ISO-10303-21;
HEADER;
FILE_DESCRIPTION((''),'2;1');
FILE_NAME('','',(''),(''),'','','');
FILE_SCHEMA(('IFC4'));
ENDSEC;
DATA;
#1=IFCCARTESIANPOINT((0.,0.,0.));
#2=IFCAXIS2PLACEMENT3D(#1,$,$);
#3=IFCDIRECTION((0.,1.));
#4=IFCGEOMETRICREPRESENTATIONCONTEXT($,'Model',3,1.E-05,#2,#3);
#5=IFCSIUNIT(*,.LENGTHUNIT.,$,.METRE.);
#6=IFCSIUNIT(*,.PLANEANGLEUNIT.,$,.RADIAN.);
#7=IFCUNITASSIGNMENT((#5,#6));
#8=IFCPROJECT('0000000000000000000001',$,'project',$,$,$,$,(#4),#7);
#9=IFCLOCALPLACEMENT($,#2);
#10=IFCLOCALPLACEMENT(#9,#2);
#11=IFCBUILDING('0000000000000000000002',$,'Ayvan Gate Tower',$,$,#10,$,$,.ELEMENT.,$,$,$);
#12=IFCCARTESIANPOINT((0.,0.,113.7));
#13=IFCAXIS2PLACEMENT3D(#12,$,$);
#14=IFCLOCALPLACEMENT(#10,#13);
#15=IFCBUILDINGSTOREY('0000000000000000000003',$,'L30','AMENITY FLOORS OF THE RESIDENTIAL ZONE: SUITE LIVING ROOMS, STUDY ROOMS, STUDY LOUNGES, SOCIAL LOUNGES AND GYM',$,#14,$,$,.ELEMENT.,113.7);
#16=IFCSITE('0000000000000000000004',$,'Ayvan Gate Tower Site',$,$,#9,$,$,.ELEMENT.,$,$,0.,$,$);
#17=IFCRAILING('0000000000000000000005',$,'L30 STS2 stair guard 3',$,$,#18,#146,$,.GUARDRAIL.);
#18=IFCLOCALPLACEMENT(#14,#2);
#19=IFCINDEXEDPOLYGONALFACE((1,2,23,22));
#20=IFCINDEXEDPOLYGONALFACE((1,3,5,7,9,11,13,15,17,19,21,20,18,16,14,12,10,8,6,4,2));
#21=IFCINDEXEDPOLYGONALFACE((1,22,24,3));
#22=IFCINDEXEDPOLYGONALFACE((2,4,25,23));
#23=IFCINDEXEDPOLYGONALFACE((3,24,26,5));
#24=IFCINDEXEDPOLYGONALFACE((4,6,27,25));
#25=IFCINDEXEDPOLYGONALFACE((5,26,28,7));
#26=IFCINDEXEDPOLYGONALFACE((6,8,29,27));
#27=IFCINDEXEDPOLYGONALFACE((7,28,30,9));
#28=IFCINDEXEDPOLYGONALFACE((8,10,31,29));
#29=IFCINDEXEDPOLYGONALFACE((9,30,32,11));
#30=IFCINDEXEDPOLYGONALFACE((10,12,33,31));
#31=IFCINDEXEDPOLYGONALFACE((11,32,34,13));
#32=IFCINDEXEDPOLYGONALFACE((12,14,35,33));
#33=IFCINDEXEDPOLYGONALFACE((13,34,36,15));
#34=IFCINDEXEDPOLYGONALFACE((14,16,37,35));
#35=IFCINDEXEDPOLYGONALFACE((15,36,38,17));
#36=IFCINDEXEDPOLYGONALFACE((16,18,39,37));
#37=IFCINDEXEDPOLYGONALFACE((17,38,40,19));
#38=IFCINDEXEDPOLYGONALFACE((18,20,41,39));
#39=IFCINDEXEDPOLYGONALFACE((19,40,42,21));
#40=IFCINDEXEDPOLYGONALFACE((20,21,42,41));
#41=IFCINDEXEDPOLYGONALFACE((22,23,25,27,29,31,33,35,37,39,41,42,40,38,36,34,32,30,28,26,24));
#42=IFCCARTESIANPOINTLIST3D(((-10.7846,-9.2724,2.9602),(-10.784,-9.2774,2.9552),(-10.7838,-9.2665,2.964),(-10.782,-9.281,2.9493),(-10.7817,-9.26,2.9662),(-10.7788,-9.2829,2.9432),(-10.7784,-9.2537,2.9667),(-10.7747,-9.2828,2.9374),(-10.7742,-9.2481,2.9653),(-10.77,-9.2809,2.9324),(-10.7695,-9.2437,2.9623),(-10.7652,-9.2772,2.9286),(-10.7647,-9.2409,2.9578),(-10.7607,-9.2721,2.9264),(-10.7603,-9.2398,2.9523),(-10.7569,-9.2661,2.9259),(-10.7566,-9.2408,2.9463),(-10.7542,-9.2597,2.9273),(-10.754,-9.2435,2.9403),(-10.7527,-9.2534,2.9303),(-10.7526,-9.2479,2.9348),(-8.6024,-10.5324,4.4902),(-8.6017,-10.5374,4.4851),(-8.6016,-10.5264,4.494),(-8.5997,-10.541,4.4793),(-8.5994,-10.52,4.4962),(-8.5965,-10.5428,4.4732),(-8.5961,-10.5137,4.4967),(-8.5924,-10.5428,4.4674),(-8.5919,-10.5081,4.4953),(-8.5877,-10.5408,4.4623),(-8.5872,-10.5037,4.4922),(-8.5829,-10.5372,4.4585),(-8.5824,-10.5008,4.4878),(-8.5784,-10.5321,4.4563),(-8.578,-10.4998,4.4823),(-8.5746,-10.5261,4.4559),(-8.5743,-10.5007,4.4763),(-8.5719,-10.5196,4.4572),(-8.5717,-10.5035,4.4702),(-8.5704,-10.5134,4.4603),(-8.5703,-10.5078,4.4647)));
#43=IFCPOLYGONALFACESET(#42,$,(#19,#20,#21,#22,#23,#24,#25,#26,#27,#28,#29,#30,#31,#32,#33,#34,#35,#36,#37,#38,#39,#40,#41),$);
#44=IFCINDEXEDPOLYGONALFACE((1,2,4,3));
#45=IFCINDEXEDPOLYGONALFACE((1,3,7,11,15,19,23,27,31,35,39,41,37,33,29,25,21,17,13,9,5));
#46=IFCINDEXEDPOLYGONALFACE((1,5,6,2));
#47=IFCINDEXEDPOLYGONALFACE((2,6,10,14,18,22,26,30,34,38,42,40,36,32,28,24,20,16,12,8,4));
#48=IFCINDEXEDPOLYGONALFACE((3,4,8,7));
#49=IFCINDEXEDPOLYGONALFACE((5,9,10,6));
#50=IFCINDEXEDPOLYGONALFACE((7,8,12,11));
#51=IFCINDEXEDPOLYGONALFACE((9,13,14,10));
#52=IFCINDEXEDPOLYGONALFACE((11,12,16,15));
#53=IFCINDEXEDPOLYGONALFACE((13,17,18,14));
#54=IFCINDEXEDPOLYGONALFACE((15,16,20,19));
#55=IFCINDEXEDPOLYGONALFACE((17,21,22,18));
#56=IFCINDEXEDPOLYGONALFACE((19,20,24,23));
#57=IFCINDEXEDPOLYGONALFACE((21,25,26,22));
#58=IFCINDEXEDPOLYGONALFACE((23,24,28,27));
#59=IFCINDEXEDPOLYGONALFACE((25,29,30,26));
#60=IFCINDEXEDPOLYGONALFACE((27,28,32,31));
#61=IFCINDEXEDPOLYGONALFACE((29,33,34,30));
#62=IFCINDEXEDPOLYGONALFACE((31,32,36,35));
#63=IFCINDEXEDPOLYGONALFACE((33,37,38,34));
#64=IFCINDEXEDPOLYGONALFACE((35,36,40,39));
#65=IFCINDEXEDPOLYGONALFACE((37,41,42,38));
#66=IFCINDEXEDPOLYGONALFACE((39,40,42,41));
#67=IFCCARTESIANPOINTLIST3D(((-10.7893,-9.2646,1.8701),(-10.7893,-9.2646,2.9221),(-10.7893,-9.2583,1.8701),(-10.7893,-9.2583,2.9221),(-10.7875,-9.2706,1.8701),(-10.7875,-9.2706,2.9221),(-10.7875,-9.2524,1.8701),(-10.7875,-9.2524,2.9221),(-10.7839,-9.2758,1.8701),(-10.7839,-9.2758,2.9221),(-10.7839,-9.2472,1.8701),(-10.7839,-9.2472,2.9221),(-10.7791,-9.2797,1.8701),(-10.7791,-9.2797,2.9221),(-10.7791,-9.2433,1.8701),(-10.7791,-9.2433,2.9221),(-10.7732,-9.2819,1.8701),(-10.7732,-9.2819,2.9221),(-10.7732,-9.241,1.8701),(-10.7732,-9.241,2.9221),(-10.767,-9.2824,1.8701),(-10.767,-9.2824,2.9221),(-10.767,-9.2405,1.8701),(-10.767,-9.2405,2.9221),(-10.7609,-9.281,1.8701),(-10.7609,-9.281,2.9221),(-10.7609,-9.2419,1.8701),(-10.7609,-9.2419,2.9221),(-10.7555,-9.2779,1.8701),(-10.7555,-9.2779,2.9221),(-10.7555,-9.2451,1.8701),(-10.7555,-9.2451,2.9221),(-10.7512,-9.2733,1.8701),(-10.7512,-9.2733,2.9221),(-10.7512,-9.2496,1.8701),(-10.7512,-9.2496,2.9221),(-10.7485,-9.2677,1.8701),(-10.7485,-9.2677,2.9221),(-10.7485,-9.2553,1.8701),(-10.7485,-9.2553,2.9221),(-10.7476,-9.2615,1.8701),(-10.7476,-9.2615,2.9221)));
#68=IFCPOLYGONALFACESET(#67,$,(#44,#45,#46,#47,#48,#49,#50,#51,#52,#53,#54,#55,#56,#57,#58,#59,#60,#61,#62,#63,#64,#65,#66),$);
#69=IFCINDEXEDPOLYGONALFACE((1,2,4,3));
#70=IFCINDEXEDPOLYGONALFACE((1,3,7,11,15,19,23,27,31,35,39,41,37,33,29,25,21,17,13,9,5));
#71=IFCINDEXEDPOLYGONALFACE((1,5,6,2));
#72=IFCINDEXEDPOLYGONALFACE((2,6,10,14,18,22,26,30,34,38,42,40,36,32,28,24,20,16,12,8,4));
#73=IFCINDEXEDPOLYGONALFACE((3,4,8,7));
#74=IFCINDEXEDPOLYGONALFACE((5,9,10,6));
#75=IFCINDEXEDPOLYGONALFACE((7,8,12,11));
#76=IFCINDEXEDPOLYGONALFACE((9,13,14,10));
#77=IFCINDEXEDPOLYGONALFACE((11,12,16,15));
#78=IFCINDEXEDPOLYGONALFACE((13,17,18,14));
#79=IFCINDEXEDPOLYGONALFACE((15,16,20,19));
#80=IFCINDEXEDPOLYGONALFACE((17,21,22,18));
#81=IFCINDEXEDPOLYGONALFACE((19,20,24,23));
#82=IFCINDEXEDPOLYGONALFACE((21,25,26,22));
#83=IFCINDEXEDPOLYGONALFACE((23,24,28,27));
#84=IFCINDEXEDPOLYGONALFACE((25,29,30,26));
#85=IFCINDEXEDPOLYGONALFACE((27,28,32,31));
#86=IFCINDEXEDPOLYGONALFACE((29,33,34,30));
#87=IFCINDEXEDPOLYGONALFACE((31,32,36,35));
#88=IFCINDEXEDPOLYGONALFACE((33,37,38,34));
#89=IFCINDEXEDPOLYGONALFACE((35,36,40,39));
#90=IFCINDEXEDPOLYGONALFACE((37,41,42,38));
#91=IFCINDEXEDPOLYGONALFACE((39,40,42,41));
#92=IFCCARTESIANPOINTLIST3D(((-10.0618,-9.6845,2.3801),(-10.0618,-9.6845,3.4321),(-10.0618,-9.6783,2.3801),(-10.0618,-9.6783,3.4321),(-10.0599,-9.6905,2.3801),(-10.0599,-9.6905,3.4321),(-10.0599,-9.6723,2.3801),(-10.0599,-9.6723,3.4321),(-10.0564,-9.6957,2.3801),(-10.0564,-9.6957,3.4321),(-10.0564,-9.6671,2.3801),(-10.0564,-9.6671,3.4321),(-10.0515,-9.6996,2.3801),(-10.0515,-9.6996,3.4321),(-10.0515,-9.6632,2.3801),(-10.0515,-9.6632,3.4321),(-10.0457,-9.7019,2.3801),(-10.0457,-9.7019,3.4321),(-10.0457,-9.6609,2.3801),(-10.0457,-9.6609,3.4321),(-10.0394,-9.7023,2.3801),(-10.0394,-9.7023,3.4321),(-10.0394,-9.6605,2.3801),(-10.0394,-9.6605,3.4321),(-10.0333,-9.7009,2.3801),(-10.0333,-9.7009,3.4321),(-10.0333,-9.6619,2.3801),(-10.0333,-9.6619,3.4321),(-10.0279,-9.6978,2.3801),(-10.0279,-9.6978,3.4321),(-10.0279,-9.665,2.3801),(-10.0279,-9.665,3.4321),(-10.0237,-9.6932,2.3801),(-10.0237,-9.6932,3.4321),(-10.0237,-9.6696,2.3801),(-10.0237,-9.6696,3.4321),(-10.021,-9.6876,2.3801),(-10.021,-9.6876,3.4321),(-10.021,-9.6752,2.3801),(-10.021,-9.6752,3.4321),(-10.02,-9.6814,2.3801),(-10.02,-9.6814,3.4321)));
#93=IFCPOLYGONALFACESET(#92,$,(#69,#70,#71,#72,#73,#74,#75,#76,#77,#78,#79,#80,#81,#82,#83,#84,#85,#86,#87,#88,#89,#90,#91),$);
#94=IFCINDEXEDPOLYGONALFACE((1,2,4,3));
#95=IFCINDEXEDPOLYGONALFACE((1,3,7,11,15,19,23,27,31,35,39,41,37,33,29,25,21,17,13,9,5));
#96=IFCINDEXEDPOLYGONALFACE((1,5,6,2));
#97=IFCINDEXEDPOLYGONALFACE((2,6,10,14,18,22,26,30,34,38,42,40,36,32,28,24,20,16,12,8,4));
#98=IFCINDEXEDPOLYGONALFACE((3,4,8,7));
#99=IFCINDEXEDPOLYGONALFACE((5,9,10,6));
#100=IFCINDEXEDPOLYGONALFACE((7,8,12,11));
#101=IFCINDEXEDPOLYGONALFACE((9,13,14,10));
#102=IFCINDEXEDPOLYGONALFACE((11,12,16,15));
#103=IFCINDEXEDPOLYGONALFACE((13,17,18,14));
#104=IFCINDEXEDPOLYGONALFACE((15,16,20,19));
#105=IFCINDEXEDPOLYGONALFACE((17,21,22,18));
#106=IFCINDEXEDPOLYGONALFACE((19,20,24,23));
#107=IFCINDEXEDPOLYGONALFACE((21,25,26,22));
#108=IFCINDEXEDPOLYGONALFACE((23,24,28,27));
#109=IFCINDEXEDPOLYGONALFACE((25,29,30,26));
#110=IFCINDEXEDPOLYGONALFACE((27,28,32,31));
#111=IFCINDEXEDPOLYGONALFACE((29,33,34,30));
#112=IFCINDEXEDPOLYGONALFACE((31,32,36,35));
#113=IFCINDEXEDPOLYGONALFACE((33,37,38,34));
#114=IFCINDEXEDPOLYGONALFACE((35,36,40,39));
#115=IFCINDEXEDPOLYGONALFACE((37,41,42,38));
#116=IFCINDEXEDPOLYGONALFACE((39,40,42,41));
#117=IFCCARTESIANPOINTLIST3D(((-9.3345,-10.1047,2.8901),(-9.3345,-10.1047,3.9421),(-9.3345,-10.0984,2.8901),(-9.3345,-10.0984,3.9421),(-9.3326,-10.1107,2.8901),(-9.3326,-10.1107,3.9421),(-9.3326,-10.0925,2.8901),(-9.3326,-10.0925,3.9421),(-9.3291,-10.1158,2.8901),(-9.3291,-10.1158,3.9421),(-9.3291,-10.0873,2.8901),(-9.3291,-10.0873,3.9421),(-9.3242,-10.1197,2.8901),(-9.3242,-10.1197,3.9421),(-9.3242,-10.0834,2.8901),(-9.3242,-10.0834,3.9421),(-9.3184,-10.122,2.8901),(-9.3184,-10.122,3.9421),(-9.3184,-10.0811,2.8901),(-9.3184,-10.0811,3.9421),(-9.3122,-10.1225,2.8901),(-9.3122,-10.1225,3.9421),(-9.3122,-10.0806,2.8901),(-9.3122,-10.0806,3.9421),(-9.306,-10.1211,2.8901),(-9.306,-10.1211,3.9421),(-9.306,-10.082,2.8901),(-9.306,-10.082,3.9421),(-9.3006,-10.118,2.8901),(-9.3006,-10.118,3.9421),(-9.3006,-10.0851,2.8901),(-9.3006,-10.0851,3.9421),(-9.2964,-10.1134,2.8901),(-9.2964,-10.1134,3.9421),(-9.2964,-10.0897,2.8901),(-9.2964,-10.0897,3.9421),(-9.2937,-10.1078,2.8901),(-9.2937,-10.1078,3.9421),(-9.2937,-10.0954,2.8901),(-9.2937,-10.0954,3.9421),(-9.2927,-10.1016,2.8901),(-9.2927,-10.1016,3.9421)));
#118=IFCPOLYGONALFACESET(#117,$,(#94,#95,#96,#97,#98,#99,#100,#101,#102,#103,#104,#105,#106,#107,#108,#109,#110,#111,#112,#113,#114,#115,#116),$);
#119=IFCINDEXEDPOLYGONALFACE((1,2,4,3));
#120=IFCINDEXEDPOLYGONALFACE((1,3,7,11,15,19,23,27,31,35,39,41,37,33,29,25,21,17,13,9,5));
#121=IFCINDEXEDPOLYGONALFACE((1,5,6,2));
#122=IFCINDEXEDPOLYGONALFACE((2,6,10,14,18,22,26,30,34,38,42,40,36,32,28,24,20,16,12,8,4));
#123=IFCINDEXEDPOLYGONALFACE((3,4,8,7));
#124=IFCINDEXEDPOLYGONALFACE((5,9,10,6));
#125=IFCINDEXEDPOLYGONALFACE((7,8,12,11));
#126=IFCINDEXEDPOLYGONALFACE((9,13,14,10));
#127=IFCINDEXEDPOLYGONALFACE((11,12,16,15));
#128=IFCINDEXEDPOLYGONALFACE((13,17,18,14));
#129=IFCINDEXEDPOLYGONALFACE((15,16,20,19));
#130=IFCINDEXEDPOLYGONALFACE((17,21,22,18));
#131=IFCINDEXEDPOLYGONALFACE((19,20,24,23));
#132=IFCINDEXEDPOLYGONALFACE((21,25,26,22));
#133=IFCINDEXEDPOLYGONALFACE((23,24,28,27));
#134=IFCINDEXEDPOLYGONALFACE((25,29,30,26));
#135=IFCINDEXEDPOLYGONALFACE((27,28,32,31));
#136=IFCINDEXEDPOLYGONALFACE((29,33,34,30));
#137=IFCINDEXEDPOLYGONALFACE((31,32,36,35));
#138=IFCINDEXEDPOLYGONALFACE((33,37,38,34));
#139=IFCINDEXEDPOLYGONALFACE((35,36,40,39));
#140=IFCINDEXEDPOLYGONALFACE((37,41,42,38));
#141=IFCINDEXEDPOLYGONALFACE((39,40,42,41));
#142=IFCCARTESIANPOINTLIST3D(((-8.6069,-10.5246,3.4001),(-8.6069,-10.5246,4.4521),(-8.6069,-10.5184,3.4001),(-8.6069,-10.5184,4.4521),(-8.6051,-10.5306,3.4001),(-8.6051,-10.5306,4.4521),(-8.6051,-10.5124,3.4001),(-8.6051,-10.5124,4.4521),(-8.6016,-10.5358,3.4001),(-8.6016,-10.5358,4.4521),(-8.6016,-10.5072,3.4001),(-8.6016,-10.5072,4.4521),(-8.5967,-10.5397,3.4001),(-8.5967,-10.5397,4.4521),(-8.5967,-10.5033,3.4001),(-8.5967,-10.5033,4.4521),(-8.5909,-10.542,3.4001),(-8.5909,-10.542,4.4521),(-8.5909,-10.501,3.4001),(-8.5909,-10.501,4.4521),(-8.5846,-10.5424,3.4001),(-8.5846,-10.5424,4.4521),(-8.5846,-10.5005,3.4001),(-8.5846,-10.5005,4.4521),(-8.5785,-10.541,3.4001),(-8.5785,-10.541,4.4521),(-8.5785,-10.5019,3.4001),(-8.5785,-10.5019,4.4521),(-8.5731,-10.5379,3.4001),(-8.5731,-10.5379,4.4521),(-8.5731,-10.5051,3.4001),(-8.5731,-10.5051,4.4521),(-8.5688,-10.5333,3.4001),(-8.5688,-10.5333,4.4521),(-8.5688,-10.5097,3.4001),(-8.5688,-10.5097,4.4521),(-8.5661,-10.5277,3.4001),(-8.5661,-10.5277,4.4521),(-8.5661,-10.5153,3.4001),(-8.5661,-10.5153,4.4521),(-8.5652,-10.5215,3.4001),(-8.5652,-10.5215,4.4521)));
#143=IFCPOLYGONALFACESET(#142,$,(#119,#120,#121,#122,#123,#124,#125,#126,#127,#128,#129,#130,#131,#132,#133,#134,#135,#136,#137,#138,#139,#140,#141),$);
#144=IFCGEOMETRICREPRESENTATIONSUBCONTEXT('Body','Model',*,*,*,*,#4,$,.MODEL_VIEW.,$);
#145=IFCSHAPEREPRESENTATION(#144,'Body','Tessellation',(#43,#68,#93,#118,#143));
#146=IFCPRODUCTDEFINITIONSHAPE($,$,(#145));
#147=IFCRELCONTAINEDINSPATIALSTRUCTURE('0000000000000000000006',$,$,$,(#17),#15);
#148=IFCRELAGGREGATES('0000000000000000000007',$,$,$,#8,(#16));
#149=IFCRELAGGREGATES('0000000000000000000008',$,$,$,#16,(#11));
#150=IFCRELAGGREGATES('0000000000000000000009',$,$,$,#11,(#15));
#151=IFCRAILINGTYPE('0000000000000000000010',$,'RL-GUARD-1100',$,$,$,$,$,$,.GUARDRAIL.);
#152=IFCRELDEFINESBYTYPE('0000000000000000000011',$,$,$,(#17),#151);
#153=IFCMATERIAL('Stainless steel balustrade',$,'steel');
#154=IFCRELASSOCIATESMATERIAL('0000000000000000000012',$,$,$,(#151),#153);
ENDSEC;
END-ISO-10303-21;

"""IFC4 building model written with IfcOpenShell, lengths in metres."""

from ifc_helpers import new_model, si_unit, direction, frame, origin, origin_2d, place, context, subcontext, project, spatial, circle, extrude, material, type_object, element, save


model = new_model("IFC4")

# Units and contexts
model_context = context("Model", 3, precision=1e-05, world=origin(), true_north=direction((0.0, 1.0)))
body_context = subcontext(model_context, "Body", "Model", "MODEL_VIEW")
ifc_project = project(units=[si_unit("LENGTHUNIT", "METRE"), si_unit("PLANEANGLEUNIT", "RADIAN")], contexts=[model_context])

# Site, building, storey
site_placement = place(None, origin())
site = spatial("IfcSite", under=ifc_project, at=site_placement, Name="Ayvan Gate Tower Site", CompositionType="ELEMENT", RefElevation=0.0)
building_placement = place(site_placement, origin())
building = spatial("IfcBuilding", under=site, at=building_placement, Name="Ayvan Gate Tower", CompositionType="ELEMENT")
storey_placement = place(building_placement, frame((0.0, 0.0, 113.7)))
storey = spatial("IfcBuildingStorey", under=building, at=storey_placement, Name="L30", Description="AMENITY FLOORS OF THE RESIDENTIAL ZONE: SUITE LIVING ROOMS, STUDY ROOMS, STUDY LOUNGES, SOCIAL LOUNGES AND GYM", CompositionType="ELEMENT", Elevation=113.7)

# Railing
ifc_material_1 = material(Name="Stainless steel balustrade", Category="steel")
railing_type_1 = type_object("IfcRailingType", Name="RL-GUARD-1100", PredefinedType="GUARDRAIL", material=ifc_material_1)
railing_1_placement = place(storey_placement, frame((-10.7686, -9.2615, 1.8701)))
element("IfcRailing", 1, at=railing_1_placement, inside=storey, type_object=railing_type_1, Name="L30 STS2 stair guard 3", PredefinedType="GUARDRAIL", context=body_context, shape_type="SweptSolid", body=[
    extrude(circle(Radius=0.0239, at=origin_2d()), frame((0.0, 0.0, 1.0762), z_axis=(0.740261, -0.427395, 0.518986), x_axis=(0.500005, 0.866023, 0.0)), (0.0, 0.0, 1.0), 2.948),
    extrude(circle(Radius=0.021, at=origin_2d()), origin(), (0.0, 0.0, 1.0), 1.052),
    extrude(circle(Radius=0.021, at=origin_2d()), frame((0.7275, -0.4199, 0.51)), (0.0, 0.0, 1.0), 1.052),
    extrude(circle(Radius=0.021, at=origin_2d()), frame((1.4548, -0.8401, 1.02)), (0.0, 0.0, 1.0), 1.052),
    extrude(circle(Radius=0.021, at=origin_2d()), frame((2.1824, -1.26, 1.53)), (0.0, 0.0, 1.0), 1.052),
])

save(model, "model.ifc")
